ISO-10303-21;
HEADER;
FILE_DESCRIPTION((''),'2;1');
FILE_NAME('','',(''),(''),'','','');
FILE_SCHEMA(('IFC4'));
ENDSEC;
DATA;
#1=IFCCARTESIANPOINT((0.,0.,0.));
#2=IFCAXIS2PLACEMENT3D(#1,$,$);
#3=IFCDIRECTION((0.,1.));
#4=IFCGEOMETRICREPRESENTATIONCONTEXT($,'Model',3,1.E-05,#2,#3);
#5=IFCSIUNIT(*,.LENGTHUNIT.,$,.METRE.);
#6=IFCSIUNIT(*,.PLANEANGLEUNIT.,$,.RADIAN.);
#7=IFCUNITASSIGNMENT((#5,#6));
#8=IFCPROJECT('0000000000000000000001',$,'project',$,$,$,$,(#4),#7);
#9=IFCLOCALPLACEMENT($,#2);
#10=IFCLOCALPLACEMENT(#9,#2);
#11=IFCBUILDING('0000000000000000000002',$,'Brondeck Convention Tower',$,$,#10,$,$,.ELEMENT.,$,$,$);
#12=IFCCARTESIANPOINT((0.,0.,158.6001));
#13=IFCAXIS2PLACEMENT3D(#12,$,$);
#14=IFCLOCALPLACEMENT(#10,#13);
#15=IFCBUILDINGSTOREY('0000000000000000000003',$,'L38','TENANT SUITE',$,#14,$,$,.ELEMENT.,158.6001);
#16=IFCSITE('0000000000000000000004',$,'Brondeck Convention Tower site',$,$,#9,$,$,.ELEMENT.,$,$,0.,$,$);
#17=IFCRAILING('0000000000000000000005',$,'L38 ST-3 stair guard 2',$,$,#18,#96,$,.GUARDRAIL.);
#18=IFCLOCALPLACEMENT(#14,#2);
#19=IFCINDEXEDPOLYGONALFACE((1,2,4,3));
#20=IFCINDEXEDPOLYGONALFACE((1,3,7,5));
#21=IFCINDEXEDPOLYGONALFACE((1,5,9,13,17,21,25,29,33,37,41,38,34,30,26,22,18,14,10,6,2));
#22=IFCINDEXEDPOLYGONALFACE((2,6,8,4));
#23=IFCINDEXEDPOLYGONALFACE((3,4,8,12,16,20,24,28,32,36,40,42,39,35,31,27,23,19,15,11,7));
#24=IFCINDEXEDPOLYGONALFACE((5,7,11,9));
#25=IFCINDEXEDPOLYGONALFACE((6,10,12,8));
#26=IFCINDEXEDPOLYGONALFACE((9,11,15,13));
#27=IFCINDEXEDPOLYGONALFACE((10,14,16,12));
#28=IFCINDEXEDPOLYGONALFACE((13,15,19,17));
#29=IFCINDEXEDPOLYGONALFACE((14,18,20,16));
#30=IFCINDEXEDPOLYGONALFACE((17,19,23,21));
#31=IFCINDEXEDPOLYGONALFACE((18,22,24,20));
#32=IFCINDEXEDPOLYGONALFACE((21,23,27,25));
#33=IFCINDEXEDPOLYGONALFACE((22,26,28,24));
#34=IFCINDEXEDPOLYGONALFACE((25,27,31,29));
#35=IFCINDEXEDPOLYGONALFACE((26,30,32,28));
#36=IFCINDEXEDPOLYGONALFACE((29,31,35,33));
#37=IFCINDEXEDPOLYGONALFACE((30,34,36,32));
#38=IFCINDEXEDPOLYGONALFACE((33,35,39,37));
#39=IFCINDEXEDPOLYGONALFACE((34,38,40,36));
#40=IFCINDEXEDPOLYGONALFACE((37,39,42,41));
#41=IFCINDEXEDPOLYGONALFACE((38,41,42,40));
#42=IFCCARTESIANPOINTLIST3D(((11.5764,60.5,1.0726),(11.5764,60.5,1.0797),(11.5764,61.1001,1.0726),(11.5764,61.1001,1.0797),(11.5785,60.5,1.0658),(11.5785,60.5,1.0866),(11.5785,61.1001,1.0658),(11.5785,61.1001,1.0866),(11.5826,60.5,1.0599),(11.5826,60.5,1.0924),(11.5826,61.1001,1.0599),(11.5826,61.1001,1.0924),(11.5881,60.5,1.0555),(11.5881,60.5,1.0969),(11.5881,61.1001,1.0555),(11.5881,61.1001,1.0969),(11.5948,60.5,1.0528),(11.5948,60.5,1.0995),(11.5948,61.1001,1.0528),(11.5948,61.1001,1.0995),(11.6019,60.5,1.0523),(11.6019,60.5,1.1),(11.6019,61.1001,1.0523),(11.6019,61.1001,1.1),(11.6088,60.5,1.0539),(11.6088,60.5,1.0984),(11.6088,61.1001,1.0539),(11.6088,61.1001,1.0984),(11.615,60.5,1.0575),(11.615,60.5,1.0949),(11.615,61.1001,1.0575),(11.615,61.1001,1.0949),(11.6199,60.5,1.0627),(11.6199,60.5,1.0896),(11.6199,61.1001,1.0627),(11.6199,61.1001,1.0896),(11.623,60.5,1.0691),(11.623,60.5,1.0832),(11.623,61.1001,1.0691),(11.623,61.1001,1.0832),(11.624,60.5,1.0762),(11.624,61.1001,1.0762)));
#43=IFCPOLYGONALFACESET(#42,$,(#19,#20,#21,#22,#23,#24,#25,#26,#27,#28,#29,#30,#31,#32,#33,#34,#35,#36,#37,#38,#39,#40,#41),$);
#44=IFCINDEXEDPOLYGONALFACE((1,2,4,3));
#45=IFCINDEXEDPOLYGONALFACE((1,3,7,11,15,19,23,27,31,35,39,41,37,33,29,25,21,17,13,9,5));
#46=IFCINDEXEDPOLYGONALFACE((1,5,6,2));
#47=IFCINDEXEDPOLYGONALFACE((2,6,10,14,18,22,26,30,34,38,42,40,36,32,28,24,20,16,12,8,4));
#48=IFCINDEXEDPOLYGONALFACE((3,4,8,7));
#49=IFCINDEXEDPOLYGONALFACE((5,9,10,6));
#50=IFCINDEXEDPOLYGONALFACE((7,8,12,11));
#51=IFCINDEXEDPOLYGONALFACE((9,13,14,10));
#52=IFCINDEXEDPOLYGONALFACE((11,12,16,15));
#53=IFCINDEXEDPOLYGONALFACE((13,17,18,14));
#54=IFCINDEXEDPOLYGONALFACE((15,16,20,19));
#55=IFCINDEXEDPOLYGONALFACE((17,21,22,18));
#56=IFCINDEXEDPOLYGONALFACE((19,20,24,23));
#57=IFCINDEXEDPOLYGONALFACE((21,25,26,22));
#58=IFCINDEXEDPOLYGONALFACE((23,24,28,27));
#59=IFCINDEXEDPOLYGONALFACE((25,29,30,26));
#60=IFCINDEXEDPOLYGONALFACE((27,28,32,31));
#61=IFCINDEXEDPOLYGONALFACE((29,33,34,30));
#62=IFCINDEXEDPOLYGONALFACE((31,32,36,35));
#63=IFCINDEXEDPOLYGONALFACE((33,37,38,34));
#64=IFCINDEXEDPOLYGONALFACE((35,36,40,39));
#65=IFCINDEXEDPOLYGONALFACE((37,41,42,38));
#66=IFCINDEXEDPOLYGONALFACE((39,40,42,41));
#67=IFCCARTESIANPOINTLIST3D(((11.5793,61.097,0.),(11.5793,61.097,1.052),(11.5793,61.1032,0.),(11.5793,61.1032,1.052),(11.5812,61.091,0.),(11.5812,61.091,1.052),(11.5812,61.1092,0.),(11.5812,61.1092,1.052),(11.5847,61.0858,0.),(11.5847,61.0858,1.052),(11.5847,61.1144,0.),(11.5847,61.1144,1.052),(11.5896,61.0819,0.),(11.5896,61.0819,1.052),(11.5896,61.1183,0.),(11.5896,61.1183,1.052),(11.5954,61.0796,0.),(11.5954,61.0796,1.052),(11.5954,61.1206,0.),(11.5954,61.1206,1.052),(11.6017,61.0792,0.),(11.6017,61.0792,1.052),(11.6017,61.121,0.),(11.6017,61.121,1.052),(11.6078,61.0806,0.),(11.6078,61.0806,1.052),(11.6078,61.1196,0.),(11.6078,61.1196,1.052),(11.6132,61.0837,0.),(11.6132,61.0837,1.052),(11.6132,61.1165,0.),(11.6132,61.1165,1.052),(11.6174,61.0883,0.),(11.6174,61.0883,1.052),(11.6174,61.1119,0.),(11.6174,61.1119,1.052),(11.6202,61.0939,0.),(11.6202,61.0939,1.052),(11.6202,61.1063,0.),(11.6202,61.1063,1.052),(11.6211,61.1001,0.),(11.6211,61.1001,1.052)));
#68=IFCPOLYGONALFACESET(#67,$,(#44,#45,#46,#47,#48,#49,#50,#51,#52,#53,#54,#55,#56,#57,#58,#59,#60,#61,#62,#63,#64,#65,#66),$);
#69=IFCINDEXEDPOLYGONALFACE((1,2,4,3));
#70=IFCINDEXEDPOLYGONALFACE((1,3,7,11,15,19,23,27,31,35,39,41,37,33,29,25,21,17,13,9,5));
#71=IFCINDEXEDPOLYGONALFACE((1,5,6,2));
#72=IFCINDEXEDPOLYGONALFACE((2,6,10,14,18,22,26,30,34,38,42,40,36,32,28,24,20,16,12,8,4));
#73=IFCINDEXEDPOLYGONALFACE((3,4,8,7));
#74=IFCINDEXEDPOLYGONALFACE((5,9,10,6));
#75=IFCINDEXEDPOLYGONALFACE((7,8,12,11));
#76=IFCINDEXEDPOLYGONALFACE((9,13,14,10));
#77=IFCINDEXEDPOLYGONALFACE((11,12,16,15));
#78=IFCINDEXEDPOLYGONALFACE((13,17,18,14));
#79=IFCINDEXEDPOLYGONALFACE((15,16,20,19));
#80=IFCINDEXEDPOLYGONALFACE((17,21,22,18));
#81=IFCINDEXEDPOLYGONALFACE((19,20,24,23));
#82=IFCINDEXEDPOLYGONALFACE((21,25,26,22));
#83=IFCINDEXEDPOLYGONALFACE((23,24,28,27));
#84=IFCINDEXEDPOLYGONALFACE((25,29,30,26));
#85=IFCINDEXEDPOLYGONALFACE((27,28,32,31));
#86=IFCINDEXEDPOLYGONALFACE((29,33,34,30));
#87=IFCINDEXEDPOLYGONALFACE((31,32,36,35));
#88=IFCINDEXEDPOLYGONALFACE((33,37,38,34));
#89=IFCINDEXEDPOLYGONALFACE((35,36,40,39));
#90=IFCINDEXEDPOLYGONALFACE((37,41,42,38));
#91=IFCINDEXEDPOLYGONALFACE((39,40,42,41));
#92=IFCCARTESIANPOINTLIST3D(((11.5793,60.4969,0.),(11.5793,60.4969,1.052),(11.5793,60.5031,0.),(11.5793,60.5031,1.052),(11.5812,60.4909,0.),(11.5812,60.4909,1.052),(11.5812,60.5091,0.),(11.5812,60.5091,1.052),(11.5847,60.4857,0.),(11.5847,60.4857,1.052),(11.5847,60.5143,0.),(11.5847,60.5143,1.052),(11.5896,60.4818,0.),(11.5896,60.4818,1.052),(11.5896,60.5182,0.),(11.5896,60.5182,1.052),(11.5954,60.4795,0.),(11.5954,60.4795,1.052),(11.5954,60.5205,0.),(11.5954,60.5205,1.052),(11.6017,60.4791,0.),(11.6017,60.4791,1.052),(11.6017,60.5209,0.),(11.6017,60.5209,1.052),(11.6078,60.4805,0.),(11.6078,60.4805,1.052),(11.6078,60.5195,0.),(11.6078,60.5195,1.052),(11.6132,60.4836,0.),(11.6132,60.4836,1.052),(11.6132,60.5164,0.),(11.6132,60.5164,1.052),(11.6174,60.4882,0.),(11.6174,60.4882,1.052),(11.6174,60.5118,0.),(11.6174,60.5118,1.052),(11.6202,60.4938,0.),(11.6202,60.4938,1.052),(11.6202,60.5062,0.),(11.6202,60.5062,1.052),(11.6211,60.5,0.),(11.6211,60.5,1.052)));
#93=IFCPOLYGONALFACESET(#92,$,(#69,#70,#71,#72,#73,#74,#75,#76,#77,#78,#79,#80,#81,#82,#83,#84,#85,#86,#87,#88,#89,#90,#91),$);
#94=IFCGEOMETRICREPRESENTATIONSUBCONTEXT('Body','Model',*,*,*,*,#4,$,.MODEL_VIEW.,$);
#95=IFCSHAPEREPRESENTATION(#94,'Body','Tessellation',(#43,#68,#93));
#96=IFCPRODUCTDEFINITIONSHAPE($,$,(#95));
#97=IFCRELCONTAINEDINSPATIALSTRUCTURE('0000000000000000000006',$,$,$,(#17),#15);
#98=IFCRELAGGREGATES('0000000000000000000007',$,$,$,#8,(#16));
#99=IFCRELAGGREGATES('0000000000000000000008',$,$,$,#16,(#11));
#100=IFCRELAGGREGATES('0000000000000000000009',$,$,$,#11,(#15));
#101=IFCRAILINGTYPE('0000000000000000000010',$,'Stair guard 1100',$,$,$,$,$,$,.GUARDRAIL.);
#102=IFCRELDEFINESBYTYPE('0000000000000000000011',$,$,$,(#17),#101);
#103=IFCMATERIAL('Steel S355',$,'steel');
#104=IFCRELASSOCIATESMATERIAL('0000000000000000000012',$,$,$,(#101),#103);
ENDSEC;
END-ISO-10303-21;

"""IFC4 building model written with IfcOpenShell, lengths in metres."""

from ifc_helpers import new_model, si_unit, direction, frame, origin, origin_2d, place, context, subcontext, project, spatial, circle, extrude, material, type_object, element, save


model = new_model("IFC4")

# Units and contexts
model_context = context("Model", 3, precision=1e-05, world=origin(), true_north=direction((0.0, 1.0)))
body_context = subcontext(model_context, "Body", "Model", "MODEL_VIEW")
ifc_project = project(units=[si_unit("LENGTHUNIT", "METRE"), si_unit("PLANEANGLEUNIT", "RADIAN")], contexts=[model_context])

# Site, building, storey
site_placement = place(None, origin())
site = spatial("IfcSite", under=ifc_project, at=site_placement, Name="Brondeck Convention Tower site", CompositionType="ELEMENT", RefElevation=0.0)
building_placement = place(site_placement, origin())
building = spatial("IfcBuilding", under=site, at=building_placement, Name="Brondeck Convention Tower", CompositionType="ELEMENT")
storey_placement = place(building_placement, frame((0.0, 0.0, 158.6001)))
storey = spatial("IfcBuildingStorey", under=building, at=storey_placement, Name="L38", Description="TENANT SUITE", CompositionType="ELEMENT", Elevation=158.6001)

# Railing
ifc_material_1 = material(Name="Steel S355", Category="steel")
railing_type_1 = type_object("IfcRailingType", Name="Stair guard 1100", PredefinedType="GUARDRAIL", material=ifc_material_1)
railing_1_placement = place(storey_placement, frame((11.6001, 61.1001, 0.0)))
element("IfcRailing", 1, at=railing_1_placement, inside=storey, type_object=railing_type_1, Name="L38 ST-3 stair guard 2", PredefinedType="GUARDRAIL", context=body_context, shape_type="SweptSolid", body=[
    extrude(circle(Radius=0.0239, at=origin_2d()), frame((0.0, 0.0, 1.0762), z_axis=(0.0, -1.0, 0.0), x_axis=(1.0, 0.0, 0.0)), (0.0, 0.0, 1.0), 0.6001),
    extrude(circle(Radius=0.021, at=origin_2d()), origin(), (0.0, 0.0, 1.0), 1.052),
    extrude(circle(Radius=0.021, at=origin_2d()), frame((0.0, -0.6001, 0.0)), (0.0, 0.0, 1.0), 1.052),
])

save(model, "model.ifc")
